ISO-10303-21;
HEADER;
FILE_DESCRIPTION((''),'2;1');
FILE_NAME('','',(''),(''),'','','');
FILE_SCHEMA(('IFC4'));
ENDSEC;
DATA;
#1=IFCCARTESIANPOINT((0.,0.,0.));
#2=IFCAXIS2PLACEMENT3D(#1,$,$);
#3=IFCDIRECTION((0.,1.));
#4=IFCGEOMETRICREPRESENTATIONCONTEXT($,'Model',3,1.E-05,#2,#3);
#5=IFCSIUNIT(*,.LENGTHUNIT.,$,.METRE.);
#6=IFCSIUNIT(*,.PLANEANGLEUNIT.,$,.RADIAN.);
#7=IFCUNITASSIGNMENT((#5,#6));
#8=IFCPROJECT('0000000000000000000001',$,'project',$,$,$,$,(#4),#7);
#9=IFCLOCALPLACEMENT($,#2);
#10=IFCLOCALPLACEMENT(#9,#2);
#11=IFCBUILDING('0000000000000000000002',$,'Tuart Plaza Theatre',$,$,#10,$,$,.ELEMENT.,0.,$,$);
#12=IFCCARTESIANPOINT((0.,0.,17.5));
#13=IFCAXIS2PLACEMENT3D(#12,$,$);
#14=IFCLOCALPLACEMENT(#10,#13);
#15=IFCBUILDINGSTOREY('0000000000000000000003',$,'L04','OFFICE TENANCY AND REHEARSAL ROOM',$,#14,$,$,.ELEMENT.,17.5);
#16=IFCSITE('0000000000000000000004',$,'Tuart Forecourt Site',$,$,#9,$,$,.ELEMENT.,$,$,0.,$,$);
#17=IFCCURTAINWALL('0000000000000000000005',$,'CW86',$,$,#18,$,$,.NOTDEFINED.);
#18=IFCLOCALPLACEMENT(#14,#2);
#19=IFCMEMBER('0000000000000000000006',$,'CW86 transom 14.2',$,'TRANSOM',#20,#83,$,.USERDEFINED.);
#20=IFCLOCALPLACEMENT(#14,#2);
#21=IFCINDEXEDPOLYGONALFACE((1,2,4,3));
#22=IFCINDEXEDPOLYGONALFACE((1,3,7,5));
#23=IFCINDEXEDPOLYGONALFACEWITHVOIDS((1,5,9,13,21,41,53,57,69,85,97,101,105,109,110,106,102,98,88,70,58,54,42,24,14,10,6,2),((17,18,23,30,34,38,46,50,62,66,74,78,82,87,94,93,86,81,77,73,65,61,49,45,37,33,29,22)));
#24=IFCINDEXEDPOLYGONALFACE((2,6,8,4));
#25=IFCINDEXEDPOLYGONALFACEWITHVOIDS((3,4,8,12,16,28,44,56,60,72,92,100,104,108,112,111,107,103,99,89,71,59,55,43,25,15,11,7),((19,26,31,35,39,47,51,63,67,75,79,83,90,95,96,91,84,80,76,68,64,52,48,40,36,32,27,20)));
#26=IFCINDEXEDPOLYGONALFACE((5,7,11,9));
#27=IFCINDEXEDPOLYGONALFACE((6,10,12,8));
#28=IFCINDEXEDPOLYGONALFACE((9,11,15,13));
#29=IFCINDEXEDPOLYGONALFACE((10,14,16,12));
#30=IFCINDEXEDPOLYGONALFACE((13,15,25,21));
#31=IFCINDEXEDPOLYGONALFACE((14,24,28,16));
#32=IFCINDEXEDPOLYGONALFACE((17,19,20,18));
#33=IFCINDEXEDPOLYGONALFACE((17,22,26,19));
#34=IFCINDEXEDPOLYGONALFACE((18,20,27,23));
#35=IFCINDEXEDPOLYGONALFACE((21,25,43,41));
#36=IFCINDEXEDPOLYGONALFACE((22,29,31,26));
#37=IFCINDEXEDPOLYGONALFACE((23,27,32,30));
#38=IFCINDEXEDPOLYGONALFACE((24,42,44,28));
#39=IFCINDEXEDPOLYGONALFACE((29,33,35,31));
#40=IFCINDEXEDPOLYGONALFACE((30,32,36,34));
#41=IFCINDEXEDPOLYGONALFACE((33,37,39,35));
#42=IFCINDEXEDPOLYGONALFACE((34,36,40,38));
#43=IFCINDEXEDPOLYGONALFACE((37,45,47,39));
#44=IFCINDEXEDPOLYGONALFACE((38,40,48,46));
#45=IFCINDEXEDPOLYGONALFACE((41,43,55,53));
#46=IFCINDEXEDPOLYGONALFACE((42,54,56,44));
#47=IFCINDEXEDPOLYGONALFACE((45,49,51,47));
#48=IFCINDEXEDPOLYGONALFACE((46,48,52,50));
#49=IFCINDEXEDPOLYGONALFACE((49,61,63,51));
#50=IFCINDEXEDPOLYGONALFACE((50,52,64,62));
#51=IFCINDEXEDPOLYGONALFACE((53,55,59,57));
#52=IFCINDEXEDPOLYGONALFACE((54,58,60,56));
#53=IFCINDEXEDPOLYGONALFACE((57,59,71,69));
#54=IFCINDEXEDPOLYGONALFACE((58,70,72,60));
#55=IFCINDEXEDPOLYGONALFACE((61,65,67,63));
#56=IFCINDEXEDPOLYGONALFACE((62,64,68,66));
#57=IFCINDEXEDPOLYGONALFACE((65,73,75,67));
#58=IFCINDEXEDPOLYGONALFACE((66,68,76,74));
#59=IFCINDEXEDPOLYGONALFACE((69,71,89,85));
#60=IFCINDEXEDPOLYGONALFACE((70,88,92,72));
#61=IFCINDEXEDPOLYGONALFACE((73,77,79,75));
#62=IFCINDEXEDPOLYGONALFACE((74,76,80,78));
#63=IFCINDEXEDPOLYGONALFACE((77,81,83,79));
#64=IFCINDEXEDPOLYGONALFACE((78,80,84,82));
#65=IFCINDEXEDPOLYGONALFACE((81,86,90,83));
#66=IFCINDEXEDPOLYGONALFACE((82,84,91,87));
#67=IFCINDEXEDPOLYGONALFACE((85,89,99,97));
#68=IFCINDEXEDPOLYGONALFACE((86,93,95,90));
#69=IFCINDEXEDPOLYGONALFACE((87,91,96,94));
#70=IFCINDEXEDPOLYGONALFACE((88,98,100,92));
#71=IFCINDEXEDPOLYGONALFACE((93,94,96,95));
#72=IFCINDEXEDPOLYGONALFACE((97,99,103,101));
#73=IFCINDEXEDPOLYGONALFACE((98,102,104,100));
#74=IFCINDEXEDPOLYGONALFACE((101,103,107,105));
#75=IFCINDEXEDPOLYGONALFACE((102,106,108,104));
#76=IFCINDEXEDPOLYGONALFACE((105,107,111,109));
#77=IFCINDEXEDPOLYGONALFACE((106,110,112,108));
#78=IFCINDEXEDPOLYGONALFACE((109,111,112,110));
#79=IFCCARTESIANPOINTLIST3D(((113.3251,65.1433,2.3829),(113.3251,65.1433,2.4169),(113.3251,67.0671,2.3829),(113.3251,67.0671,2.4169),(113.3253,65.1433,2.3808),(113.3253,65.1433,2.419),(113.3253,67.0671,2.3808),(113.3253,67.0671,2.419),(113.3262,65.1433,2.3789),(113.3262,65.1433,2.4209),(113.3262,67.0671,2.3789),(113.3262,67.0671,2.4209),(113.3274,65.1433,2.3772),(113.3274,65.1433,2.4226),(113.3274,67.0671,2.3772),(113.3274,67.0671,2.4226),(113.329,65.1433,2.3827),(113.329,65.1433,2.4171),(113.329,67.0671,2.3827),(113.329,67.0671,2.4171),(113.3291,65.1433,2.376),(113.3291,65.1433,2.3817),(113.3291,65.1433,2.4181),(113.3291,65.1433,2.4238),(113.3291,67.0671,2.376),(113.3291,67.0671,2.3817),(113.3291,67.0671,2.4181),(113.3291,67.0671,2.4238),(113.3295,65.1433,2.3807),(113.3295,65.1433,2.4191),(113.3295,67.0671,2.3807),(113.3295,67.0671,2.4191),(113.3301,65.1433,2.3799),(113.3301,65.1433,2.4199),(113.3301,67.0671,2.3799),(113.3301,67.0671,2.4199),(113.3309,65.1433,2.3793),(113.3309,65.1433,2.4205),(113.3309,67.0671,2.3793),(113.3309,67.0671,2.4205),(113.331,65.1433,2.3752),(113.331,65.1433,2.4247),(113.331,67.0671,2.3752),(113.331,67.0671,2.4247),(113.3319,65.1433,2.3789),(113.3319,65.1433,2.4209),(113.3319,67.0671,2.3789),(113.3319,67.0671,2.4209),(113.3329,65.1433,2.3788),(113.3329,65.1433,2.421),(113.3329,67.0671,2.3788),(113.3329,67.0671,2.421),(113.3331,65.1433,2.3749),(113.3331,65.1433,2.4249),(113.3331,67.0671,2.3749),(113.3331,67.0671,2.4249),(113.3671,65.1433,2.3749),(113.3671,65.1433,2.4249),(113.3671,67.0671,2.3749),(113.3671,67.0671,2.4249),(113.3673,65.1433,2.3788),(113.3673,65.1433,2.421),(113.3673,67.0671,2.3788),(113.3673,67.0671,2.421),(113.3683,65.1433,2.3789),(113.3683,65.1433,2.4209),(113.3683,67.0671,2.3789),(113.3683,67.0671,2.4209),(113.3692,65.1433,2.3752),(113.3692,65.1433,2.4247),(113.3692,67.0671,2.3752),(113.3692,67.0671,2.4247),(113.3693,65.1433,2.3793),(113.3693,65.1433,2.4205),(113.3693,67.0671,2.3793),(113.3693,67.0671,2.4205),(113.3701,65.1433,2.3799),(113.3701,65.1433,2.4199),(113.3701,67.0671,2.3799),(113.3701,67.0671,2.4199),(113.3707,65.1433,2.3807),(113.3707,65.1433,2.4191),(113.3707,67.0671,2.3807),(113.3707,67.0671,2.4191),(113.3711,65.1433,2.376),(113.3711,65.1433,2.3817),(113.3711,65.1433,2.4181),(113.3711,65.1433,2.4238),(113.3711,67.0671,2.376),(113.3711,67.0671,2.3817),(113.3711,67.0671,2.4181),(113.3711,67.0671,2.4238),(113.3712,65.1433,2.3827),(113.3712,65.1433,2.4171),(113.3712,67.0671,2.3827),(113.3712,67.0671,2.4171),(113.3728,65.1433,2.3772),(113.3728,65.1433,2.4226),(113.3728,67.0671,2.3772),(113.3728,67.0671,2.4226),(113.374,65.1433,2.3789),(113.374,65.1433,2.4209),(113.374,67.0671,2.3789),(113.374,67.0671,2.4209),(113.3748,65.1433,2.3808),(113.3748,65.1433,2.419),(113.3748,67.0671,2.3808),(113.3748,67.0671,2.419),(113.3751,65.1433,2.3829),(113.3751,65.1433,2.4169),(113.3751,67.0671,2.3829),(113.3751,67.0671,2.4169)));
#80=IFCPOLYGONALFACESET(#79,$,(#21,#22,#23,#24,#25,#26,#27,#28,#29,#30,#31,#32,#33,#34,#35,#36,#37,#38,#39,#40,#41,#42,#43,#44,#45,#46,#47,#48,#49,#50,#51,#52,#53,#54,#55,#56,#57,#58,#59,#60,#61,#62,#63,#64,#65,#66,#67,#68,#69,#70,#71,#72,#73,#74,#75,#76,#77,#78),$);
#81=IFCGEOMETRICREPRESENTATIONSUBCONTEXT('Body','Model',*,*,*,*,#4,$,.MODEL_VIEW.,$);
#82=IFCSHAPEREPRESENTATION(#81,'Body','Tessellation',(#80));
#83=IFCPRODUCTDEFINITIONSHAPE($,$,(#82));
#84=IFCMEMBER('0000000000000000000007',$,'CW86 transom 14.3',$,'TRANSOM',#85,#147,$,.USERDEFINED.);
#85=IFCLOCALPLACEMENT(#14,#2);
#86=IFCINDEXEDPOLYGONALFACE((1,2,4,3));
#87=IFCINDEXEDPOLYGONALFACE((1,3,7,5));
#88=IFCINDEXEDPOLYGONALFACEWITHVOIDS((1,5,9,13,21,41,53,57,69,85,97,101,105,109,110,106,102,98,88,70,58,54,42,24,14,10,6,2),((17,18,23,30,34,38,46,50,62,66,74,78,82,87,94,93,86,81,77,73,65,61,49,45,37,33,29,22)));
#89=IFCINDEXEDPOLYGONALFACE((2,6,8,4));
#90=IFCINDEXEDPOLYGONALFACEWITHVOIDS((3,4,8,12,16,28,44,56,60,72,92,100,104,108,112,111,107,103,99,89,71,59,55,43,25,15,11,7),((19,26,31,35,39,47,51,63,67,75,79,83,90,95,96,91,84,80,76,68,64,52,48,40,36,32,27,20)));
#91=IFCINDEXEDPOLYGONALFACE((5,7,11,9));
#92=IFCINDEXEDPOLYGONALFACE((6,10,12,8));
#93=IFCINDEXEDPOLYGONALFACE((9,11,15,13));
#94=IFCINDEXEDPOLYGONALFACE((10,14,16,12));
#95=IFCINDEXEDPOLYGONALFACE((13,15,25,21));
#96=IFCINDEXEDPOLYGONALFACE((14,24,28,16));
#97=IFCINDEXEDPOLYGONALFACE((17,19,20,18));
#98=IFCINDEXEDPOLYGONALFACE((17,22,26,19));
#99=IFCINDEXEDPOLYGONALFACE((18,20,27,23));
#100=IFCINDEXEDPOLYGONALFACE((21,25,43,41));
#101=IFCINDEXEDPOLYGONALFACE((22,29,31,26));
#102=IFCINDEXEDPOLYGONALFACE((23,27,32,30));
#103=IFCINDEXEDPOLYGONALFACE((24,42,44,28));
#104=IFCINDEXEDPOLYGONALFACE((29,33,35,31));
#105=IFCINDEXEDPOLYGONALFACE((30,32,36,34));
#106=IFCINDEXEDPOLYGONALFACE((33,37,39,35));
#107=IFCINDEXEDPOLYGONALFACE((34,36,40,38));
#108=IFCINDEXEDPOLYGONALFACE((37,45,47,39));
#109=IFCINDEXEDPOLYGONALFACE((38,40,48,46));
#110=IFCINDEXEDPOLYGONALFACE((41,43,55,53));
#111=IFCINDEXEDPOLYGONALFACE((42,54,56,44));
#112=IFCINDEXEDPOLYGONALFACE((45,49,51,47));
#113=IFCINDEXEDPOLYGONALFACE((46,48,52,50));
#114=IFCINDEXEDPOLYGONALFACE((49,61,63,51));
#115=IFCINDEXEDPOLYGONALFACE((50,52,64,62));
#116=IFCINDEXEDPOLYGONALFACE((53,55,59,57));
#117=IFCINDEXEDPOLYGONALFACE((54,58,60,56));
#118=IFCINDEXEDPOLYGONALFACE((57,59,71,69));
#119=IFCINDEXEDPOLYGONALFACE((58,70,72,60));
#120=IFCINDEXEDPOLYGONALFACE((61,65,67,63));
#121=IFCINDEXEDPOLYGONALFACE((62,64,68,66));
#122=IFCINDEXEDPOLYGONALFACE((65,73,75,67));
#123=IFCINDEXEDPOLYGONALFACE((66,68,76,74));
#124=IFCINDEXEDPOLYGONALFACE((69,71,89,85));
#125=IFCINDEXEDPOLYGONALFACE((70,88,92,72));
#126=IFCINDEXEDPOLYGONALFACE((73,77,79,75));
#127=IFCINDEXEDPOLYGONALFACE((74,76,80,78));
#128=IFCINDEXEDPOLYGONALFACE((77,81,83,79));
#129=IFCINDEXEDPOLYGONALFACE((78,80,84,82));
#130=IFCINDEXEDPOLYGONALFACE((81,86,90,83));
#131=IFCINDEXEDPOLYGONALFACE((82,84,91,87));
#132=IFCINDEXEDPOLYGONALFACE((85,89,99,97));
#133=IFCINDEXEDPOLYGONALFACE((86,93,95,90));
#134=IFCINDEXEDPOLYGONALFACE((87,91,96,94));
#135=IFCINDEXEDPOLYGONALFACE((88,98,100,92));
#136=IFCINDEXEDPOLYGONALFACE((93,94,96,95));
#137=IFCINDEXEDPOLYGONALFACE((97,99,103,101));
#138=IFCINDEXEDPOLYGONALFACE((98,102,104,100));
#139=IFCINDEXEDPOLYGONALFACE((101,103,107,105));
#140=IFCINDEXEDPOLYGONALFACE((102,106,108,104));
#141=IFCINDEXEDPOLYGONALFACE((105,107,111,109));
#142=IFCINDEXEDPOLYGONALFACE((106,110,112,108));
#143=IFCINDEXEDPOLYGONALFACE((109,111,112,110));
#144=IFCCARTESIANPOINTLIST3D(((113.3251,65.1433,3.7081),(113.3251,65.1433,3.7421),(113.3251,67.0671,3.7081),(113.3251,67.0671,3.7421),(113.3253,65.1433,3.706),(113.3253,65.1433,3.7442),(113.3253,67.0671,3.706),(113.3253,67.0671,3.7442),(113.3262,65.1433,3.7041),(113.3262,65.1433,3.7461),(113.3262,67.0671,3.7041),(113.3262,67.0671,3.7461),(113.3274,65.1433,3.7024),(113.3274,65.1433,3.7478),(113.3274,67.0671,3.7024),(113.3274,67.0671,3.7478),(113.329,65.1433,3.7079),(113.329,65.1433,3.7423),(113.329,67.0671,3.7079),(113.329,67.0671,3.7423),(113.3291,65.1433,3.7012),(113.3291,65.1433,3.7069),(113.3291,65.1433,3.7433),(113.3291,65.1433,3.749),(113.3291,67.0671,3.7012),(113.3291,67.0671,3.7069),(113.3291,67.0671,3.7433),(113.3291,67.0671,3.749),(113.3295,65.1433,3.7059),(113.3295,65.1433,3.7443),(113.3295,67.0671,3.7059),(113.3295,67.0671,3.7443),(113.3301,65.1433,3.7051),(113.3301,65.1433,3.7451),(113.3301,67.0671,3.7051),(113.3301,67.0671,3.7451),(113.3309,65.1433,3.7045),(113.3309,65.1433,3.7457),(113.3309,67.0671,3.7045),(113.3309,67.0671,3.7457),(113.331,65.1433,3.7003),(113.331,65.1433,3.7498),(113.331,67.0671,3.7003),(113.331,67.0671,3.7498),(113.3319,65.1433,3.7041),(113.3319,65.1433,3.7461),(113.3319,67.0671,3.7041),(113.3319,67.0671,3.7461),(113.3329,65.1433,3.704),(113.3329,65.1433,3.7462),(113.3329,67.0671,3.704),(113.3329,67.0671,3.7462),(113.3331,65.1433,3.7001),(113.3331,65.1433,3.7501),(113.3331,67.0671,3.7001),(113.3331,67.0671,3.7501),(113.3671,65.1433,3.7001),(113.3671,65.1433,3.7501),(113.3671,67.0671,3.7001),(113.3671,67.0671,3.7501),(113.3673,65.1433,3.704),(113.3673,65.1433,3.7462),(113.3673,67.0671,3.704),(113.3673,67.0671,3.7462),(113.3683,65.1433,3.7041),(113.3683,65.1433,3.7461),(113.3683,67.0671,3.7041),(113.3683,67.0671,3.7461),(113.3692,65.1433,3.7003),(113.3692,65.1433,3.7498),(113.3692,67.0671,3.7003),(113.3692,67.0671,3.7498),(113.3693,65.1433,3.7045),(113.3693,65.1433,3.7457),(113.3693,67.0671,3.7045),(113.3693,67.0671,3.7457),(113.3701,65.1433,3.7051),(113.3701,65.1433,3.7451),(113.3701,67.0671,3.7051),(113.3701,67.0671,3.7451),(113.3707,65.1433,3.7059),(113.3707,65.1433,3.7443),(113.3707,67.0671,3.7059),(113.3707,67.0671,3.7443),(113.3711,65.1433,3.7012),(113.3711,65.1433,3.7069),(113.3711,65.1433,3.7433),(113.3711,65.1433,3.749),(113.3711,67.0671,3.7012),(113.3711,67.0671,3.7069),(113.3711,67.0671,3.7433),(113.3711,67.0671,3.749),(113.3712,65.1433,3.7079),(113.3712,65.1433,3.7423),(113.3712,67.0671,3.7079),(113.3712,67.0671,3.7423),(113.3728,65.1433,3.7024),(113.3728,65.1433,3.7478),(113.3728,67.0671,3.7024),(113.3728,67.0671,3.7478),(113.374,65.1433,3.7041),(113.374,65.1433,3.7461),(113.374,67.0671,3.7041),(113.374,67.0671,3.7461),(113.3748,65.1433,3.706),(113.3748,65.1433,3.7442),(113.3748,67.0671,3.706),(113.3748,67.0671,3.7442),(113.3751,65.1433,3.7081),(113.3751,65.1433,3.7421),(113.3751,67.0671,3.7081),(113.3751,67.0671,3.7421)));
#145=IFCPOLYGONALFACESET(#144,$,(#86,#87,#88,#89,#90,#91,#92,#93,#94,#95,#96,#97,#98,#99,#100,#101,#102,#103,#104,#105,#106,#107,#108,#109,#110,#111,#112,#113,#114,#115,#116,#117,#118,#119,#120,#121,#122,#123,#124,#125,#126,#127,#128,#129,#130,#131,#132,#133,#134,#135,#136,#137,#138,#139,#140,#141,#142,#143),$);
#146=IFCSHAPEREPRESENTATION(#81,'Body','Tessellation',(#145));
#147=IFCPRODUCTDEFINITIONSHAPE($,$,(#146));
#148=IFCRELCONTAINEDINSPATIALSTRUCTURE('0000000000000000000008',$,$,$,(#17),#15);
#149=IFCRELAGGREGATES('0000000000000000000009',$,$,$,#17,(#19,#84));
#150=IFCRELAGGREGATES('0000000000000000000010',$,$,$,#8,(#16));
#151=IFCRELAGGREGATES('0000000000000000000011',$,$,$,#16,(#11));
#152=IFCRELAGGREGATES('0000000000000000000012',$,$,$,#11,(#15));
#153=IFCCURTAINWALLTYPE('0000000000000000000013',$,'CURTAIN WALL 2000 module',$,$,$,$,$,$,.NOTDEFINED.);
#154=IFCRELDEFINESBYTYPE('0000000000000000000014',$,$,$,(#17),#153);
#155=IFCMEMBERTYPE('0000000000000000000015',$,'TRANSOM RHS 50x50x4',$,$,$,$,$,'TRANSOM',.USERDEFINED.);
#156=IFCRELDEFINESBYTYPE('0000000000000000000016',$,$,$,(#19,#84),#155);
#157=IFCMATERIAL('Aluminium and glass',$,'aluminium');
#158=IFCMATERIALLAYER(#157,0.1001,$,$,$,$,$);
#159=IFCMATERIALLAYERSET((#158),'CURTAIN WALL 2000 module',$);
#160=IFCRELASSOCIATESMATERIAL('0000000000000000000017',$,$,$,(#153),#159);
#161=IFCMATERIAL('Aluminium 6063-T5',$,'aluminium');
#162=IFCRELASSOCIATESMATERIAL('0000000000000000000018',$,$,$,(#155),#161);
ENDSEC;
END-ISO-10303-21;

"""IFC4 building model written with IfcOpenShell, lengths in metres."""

from ifc_helpers import new_model, si_unit, direction, frame, origin, origin_2d, place, context, subcontext, project, spatial, hollow_rectangle, extrude, material, layer, layer_set, material_profile, profile_set, type_object, element, aggregate, save


model = new_model("IFC4")

# Units and contexts
model_context = context("Model", 3, precision=1e-05, world=origin(), true_north=direction((0.0, 1.0)))
body_context = subcontext(model_context, "Body", "Model", "MODEL_VIEW")
ifc_project = project(units=[si_unit("LENGTHUNIT", "METRE"), si_unit("PLANEANGLEUNIT", "RADIAN")], contexts=[model_context])

# Site, building, storey
site_placement = place(None, origin())
site = spatial("IfcSite", under=ifc_project, at=site_placement, Name="Tuart Forecourt Site", CompositionType="ELEMENT", RefElevation=0.0)
building_placement = place(site_placement, origin())
building = spatial("IfcBuilding", under=site, at=building_placement, Name="Tuart Plaza Theatre", CompositionType="ELEMENT", ElevationOfRefHeight=0.0)
storey_placement = place(building_placement, frame((0.0, 0.0, 17.5)))
storey = spatial("IfcBuildingStorey", under=building, at=storey_placement, Name="L04", Description="OFFICE TENANCY AND REHEARSAL ROOM", CompositionType="ELEMENT", Elevation=17.5)

# Curtain wall, members
ifc_material_1 = material(Name="Aluminium and glass", Category="aluminium")
ifc_layer_1 = layer(ifc_material_1, 0.1001)
ifc_layer_set_1 = layer_set([ifc_layer_1], Name="CURTAIN WALL 2000 module")
curtain_wall_type = type_object("IfcCurtainWallType", Name="CURTAIN WALL 2000 module", PredefinedType="NOTDEFINED", material=ifc_layer_set_1)
curtain_wall_placement = place(storey_placement, origin())
curtain_wall = element("IfcCurtainWall", 1, at=curtain_wall_placement, inside=storey, type_object=curtain_wall_type, Name="CW86", PredefinedType="NOTDEFINED")
ifc_material_2 = material(Name="Aluminium 6063-T5", Category="aluminium")
ifc_material_profile_1 = material_profile(ifc_material_2, hollow_rectangle(XDim=0.05, YDim=0.05, WallThickness=0.0039, InnerFilletRadius=0.0039, OuterFilletRadius=0.0081, at=origin_2d()), Name="RHS 50x50x4")
ifc_profile_set_1 = profile_set([ifc_material_profile_1], Name="Aluminium 6063-T5")
member_type_1 = type_object("IfcMemberType", Name="TRANSOM RHS 50x50x4", ElementType="TRANSOM", PredefinedType="USERDEFINED", material=ifc_profile_set_1)
member_1_placement = place(storey_placement, frame((113.3501, 67.0671, 2.3999), z_axis=(0.0, -1.0, 0.0), x_axis=(1.0, 0.0, 0.0)))
member_1 = element("IfcMember", 2, at=member_1_placement, type_object=member_type_1, Name="CW86 transom 14.2", ObjectType="TRANSOM", PredefinedType="USERDEFINED", context=body_context, shape_type="SweptSolid", body=[
    extrude(hollow_rectangle(XDim=0.05, YDim=0.05, WallThickness=0.0039, InnerFilletRadius=0.0039, OuterFilletRadius=0.0081, at=origin_2d()), origin(), (0.0, 0.0, 1.0), 1.9238),
])
member_2_placement = place(storey_placement, frame((113.3501, 67.0671, 3.7251), z_axis=(0.0, -1.0, 0.0), x_axis=(1.0, 0.0, 0.0)))
member_2 = element("IfcMember", 3, at=member_2_placement, type_object=member_type_1, Name="CW86 transom 14.3", ObjectType="TRANSOM", PredefinedType="USERDEFINED", context=body_context, shape_type="SweptSolid", body=[
    extrude(hollow_rectangle(XDim=0.05, YDim=0.05, WallThickness=0.0039, InnerFilletRadius=0.0039, OuterFilletRadius=0.0081, at=origin_2d()), origin(), (0.0, 0.0, 1.0), 1.9238),
])
aggregate(curtain_wall, [member_1, member_2])

save(model, "model.ifc")
